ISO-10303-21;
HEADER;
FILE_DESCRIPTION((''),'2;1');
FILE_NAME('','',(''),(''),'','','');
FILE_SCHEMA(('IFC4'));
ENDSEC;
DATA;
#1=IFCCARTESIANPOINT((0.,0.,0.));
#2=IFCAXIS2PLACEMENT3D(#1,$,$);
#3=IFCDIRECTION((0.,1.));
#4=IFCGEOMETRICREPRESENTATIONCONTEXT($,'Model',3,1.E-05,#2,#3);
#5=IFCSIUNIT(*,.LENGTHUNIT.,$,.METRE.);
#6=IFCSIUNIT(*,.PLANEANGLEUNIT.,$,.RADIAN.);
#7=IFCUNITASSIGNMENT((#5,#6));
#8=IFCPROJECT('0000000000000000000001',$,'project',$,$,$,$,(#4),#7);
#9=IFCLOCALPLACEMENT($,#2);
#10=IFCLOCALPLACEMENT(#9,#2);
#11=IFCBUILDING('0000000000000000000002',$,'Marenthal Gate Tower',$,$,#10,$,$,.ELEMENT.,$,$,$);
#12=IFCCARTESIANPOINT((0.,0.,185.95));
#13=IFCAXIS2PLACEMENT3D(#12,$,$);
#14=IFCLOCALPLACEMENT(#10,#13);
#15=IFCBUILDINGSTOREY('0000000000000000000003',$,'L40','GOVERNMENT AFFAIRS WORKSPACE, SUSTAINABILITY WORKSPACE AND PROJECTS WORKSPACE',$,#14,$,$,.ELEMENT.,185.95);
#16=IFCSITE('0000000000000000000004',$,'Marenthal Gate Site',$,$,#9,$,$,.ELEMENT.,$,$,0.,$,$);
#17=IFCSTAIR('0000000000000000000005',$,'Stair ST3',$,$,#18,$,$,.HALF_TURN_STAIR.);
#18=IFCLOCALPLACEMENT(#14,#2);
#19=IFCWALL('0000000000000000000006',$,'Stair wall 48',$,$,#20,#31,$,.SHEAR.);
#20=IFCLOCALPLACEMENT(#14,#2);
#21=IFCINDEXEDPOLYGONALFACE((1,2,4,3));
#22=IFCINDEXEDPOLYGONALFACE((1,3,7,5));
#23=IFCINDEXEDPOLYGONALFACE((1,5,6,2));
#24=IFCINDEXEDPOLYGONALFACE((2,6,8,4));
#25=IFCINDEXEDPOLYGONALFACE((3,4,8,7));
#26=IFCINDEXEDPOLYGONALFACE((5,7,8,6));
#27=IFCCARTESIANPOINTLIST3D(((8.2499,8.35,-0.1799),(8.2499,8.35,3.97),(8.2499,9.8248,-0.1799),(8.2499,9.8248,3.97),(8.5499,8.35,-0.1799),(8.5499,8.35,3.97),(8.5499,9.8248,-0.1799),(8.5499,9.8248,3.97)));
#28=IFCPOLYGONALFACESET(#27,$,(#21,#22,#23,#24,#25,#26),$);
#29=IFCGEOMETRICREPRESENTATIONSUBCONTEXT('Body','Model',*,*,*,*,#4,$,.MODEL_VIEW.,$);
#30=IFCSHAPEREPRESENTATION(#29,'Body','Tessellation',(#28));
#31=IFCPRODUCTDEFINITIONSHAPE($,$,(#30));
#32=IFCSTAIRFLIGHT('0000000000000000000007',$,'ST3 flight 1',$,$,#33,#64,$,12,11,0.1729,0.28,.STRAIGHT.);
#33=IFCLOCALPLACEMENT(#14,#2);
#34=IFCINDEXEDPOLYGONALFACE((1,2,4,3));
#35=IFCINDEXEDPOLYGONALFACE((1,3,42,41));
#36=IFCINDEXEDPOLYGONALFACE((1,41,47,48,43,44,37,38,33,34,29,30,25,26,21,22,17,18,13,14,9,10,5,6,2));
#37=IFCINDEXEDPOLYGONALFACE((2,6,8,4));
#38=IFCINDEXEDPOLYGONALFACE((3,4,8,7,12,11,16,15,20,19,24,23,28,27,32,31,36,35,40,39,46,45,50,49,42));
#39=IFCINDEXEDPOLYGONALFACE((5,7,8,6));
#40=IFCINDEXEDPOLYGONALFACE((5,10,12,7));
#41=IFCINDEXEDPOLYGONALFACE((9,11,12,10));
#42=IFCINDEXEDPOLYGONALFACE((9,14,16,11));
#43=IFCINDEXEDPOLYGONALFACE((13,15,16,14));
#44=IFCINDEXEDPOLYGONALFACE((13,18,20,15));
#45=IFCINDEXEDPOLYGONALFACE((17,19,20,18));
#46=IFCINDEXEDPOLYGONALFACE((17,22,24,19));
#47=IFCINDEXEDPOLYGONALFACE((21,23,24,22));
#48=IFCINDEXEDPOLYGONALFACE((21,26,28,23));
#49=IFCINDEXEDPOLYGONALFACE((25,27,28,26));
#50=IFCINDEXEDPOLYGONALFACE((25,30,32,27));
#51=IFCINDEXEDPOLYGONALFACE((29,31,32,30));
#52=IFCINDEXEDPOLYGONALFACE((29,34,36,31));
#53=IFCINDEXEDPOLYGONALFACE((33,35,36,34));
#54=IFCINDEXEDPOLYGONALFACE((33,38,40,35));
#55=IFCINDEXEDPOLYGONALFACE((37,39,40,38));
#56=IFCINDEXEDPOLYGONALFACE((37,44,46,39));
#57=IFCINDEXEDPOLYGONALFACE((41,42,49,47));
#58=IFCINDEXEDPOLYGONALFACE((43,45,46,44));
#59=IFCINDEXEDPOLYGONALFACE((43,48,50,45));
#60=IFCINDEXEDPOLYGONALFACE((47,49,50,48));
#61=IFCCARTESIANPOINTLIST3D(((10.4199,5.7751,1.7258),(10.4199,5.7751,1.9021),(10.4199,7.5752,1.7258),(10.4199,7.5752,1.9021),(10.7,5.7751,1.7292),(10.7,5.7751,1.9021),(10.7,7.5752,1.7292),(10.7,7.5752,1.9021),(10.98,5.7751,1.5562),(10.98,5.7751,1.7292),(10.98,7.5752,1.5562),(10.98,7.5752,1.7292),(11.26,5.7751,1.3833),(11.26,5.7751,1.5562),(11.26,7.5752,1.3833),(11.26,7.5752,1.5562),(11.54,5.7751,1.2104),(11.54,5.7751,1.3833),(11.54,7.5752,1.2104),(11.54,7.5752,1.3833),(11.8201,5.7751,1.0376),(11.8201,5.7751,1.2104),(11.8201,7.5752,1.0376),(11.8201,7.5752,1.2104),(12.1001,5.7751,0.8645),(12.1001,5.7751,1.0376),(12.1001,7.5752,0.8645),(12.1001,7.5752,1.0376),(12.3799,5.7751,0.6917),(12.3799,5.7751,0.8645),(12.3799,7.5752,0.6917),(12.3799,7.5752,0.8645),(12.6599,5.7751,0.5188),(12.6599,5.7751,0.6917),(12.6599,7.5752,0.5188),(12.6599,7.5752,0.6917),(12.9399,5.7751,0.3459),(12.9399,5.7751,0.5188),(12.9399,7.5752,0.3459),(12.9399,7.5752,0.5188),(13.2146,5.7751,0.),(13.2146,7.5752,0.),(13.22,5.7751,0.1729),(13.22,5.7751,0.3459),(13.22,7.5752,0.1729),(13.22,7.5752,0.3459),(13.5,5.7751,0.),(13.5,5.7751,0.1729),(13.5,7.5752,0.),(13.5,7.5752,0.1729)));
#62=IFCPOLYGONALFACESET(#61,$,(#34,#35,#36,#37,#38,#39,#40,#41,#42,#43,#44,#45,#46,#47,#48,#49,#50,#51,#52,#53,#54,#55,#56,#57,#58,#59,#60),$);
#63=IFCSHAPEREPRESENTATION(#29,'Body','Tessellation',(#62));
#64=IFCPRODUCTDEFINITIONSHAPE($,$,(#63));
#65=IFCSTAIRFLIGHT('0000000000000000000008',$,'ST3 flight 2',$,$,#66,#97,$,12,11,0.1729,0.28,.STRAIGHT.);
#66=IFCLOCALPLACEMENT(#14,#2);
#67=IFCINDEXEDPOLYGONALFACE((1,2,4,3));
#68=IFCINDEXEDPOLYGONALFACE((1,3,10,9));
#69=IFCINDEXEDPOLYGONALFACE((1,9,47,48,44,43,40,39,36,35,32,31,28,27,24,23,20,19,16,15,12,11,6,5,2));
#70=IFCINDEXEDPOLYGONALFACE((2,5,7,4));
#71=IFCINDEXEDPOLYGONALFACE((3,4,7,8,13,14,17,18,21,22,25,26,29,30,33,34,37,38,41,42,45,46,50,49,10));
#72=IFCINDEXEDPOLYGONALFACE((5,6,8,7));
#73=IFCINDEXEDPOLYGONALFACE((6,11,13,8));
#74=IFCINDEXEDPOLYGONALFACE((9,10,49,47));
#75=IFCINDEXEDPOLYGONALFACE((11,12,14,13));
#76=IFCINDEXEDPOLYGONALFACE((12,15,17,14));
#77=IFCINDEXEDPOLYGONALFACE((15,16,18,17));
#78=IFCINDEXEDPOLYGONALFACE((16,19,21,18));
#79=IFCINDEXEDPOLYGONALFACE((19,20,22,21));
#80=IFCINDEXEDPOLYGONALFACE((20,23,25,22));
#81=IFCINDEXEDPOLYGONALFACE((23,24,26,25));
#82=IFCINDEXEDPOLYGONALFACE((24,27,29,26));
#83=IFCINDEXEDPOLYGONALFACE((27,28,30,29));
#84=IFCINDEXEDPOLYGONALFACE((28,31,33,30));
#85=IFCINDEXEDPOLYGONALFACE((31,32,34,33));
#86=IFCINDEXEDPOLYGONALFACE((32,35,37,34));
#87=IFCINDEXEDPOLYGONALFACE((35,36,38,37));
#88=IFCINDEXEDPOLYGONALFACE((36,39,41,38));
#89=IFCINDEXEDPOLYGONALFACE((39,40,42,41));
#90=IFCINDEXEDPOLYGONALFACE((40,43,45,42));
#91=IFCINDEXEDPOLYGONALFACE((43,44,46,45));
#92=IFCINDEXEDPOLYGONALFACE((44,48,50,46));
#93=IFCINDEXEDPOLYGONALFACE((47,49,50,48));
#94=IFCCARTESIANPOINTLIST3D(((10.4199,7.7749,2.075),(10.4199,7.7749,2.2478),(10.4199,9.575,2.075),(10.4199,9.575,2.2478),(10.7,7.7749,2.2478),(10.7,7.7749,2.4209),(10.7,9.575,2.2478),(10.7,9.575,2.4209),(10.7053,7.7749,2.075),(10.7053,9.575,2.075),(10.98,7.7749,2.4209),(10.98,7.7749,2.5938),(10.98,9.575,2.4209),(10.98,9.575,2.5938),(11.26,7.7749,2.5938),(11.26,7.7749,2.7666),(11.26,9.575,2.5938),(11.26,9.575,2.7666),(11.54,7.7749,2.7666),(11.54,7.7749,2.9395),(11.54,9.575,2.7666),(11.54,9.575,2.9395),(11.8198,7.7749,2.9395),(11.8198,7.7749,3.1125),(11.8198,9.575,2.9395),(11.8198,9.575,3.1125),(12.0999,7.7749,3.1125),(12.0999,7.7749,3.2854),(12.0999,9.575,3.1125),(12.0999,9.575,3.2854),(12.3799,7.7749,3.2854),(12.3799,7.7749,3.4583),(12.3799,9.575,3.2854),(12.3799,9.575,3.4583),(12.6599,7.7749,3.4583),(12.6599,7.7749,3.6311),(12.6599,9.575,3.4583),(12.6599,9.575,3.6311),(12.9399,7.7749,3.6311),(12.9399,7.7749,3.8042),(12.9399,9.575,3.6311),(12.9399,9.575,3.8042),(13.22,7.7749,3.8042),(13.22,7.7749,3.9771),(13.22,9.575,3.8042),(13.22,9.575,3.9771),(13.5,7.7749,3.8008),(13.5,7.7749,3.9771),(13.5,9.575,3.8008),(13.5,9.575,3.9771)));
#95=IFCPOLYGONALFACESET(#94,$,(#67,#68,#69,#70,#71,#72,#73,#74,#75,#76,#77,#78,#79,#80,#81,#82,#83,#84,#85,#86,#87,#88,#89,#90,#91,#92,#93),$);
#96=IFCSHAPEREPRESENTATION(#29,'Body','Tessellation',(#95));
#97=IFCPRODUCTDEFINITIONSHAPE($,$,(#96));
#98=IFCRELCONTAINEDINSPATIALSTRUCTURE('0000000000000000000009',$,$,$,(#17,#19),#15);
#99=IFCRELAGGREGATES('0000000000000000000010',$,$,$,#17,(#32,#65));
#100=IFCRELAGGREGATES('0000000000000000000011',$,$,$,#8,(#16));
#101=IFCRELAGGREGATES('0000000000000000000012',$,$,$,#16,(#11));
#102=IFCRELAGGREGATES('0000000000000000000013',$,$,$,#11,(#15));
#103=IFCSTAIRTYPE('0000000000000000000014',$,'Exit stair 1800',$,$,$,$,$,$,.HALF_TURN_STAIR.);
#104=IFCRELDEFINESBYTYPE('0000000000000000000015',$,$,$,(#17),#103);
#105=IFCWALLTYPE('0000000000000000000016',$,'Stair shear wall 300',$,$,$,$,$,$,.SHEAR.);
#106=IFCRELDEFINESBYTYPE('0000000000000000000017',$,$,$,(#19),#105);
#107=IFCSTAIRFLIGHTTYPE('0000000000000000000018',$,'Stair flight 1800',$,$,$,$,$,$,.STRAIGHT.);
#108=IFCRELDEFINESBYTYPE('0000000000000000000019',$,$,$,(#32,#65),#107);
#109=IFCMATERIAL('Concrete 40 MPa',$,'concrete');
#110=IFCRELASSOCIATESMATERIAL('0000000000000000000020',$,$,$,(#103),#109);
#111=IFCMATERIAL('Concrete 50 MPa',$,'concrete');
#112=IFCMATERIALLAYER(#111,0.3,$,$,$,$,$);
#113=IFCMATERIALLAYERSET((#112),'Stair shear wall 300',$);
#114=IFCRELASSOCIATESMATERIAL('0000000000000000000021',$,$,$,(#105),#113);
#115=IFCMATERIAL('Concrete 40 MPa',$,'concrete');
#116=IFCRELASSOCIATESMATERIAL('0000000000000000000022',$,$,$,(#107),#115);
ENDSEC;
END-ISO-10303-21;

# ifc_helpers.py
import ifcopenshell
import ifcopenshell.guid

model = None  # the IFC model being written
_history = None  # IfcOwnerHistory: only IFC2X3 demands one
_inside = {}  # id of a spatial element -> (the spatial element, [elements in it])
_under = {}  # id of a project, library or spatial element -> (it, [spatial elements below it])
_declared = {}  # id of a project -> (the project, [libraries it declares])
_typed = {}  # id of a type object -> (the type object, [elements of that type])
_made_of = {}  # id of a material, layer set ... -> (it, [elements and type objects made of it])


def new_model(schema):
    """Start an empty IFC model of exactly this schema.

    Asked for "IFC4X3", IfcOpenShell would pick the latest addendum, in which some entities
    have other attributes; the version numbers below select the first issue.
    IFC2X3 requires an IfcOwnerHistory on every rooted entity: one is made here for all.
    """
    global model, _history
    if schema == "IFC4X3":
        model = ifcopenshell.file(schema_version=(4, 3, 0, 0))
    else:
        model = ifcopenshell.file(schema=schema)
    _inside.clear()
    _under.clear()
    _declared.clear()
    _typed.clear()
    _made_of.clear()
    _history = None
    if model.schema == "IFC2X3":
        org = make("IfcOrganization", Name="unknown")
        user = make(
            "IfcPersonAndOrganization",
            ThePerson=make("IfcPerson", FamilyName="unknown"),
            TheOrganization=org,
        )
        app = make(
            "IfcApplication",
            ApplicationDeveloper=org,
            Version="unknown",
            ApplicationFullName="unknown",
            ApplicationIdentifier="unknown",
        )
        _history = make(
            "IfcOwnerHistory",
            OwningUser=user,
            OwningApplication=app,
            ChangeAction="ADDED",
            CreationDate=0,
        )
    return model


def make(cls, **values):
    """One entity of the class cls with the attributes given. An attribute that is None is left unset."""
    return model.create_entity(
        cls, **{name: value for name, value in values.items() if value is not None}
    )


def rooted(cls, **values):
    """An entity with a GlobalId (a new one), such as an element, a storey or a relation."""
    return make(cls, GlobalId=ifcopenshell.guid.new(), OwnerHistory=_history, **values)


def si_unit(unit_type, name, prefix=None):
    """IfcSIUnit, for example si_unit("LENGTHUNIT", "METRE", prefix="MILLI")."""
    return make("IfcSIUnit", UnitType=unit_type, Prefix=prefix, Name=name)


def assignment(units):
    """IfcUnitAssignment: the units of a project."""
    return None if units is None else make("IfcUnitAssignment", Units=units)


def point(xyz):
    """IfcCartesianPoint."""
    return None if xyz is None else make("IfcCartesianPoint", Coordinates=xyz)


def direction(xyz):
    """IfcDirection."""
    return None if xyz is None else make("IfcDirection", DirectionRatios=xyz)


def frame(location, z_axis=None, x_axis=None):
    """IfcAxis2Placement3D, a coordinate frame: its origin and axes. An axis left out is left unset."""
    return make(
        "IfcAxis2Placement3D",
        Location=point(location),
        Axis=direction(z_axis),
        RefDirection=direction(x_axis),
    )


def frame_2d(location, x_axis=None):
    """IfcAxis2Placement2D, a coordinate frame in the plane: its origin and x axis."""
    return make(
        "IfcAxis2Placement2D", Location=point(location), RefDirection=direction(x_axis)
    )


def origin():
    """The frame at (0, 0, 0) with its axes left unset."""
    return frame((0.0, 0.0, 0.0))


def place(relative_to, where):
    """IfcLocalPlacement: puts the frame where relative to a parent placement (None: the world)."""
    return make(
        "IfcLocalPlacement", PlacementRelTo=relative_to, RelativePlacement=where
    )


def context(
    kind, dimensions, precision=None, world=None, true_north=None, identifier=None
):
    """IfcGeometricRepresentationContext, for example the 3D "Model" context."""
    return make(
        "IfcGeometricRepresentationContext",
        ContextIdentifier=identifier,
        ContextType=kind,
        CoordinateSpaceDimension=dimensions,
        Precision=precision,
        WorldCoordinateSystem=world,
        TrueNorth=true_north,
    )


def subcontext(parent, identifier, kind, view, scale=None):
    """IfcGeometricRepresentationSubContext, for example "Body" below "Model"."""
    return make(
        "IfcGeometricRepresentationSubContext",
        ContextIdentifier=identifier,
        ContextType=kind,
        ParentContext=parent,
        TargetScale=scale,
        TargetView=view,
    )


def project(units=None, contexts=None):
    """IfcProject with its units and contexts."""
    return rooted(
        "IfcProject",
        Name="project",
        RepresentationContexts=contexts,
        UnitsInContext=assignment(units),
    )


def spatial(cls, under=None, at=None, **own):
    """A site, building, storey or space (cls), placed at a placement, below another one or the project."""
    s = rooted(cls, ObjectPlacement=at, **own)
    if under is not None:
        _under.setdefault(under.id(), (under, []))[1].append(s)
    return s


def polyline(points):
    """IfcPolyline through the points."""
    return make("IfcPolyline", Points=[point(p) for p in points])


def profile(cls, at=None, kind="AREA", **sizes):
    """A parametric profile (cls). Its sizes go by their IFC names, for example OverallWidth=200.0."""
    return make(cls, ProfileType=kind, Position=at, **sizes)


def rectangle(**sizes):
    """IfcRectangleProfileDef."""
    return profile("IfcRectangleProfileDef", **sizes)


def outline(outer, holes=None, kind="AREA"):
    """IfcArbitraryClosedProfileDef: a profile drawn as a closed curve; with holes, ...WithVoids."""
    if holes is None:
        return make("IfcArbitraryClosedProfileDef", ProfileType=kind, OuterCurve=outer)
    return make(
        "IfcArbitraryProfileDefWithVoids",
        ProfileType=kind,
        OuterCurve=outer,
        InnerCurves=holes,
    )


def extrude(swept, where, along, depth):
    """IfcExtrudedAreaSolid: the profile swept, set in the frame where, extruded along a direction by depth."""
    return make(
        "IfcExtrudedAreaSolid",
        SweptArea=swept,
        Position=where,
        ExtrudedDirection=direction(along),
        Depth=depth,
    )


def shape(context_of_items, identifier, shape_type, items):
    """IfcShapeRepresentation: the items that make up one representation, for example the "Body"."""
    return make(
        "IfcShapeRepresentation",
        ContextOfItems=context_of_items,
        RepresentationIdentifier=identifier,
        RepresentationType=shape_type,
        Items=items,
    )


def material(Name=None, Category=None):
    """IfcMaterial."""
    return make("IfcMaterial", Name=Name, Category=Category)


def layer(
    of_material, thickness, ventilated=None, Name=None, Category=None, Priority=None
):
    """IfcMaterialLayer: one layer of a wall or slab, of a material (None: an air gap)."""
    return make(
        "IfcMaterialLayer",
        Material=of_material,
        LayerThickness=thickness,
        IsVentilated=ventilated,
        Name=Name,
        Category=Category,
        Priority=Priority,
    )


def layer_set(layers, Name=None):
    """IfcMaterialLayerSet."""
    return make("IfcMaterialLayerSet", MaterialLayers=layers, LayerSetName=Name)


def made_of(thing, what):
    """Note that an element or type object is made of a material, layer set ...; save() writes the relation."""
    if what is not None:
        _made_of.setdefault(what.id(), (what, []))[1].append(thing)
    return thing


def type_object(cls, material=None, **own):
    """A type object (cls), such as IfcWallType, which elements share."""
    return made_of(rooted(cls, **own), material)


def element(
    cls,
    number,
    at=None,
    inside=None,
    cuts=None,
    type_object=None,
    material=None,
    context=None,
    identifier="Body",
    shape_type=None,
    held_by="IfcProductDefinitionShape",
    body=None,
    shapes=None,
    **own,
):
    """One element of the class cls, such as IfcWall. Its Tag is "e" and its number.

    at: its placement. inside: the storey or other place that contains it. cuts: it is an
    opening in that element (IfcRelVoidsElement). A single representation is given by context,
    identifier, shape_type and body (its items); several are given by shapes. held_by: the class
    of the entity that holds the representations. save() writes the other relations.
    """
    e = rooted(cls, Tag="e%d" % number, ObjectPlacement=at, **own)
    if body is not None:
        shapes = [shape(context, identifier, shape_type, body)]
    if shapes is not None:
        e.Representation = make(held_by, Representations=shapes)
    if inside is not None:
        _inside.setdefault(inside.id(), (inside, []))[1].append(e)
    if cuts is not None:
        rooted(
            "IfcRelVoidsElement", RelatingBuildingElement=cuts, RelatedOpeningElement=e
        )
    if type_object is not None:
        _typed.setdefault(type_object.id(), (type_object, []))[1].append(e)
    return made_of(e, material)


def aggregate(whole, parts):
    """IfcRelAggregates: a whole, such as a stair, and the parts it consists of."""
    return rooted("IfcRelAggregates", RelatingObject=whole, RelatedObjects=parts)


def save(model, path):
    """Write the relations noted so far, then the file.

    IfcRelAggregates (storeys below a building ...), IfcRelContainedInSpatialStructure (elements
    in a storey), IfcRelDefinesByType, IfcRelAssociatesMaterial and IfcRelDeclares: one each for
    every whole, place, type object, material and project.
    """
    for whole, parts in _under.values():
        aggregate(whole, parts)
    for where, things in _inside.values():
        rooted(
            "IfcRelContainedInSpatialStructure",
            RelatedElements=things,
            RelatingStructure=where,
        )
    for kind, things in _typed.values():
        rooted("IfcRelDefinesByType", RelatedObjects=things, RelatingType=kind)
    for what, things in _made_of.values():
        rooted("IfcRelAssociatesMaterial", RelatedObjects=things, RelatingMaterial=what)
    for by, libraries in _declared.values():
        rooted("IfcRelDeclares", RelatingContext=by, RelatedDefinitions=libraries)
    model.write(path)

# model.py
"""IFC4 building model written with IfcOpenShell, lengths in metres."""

from ifc_helpers import new_model, si_unit, direction, frame, frame_2d, origin, place, context, subcontext, project, spatial, polyline, rectangle, outline, extrude, material, layer, layer_set, type_object, element, aggregate, save


model = new_model("IFC4")

# Units and contexts
model_context = context("Model", 3, precision=1e-05, world=origin(), true_north=direction((0.0, 1.0)))
body_context = subcontext(model_context, "Body", "Model", "MODEL_VIEW")
ifc_project = project(units=[si_unit("LENGTHUNIT", "METRE"), si_unit("PLANEANGLEUNIT", "RADIAN")], contexts=[model_context])

# Site, building, storey
site_placement = place(None, origin())
site = spatial("IfcSite", under=ifc_project, at=site_placement, Name="Marenthal Gate Site", CompositionType="ELEMENT", RefElevation=0.0)
building_placement = place(site_placement, origin())
building = spatial("IfcBuilding", under=site, at=building_placement, Name="Marenthal Gate Tower", CompositionType="ELEMENT")
storey_placement = place(building_placement, frame((0.0, 0.0, 185.95)))
storey = spatial("IfcBuildingStorey", under=building, at=storey_placement, Name="L40", Description="GOVERNMENT AFFAIRS WORKSPACE, SUSTAINABILITY WORKSPACE AND PROJECTS WORKSPACE", CompositionType="ELEMENT", Elevation=185.95)

# Stair
ifc_material_1 = material(Name="Concrete 40 MPa", Category="concrete")
stair_type = type_object("IfcStairType", Name="Exit stair 1800", PredefinedType="HALF_TURN_STAIR", material=ifc_material_1)
stair_1_placement = place(storey_placement, origin())
stair_1 = element("IfcStair", 1, at=stair_1_placement, inside=storey, type_object=stair_type, Name="Stair ST3", PredefinedType="HALF_TURN_STAIR")

# Wall
ifc_material_2 = material(Name="Concrete 50 MPa", Category="concrete")
ifc_layer_1 = layer(ifc_material_2, 0.3)
ifc_layer_set_1 = layer_set([ifc_layer_1], Name="Stair shear wall 300")
wall_type_1 = type_object("IfcWallType", Name="Stair shear wall 300", PredefinedType="SHEAR", material=ifc_layer_set_1)
wall_1_placement = place(storey_placement, frame((8.3999, 8.3501, -0.1799), z_axis=(0.0, 0.0, 1.0), x_axis=(0.0, 1.0, 0.0)))
element("IfcWall", 2, at=wall_1_placement, inside=storey, type_object=wall_type_1, Name="Stair wall 48", PredefinedType="SHEAR", context=body_context, shape_type="SweptSolid", body=[
    extrude(rectangle(XDim=1.4749, YDim=0.3, at=frame_2d((0.7373, 0.0))), origin(), (0.0, 0.0, 1.0), 4.1499),
])

# Stair flights
ifc_material_3 = material(Name="Concrete 40 MPa", Category="concrete")
stair_flight_type = type_object("IfcStairFlightType", Name="Stair flight 1800", PredefinedType="STRAIGHT", material=ifc_material_3)
stair_flight_1_placement = place(storey_placement, frame((13.5, 6.675, 0.0), z_axis=(0.0, 0.0, 1.0), x_axis=(-1.0, 0.0, 0.0)))
stair_flight_1 = element("IfcStairFlight", 3, at=stair_flight_1_placement, type_object=stair_flight_type, Name="ST3 flight 1", NumberOfRisers=12, NumberOfTreads=11, PredefinedType="STRAIGHT", RiserHeight=0.1729, TreadLength=0.28, context=body_context, shape_type="SweptSolid", body=[
    extrude(outline(polyline([(0.0, 0.0), (0.0, 0.1729), (0.28, 0.1729), (0.28, 0.3459), (0.5601, 0.3459), (0.5601, 0.5188), (0.8401, 0.5188), (0.8401, 0.6917), (1.1201, 0.6917), (1.1201, 0.8645), (1.3999, 0.8645), (1.3999, 1.0376), (1.6799, 1.0376), (1.6799, 1.2104), (1.96, 1.2104), (1.96, 1.3833), (2.24, 1.3833), (2.24, 1.5562), (2.52, 1.5562), (2.52, 1.7292), (2.8, 1.7292), (2.8, 1.9021), (3.0801, 1.9021), (3.0801, 2.075), (3.0801, 1.7258), (0.2854, 0.0), (0.0, 0.0)])), frame((0.0, 0.8999, 0.0), z_axis=(0.0, -1.0, 0.0), x_axis=(1.0, 0.0, 0.0)), (0.0, 0.0, 1.0), 1.8),
])
stair_flight_2_placement = place(storey_placement, frame((10.4199, 8.675, 2.075), z_axis=(0.0, 0.0, 1.0), x_axis=(1.0, 0.0, 0.0)))
stair_flight_2 = element("IfcStairFlight", 4, at=stair_flight_2_placement, type_object=stair_flight_type, Name="ST3 flight 2", NumberOfRisers=12, NumberOfTreads=11, PredefinedType="STRAIGHT", RiserHeight=0.1729, TreadLength=0.28, context=body_context, shape_type="SweptSolid", body=[
    extrude(outline(polyline([(0.0, 0.0), (0.0, 0.1729), (0.28, 0.1729), (0.28, 0.3459), (0.5601, 0.3459), (0.5601, 0.5188), (0.8401, 0.5188), (0.8401, 0.6917), (1.1201, 0.6917), (1.1201, 0.8645), (1.3999, 0.8645), (1.3999, 1.0376), (1.6799, 1.0376), (1.6799, 1.2104), (1.96, 1.2104), (1.96, 1.3833), (2.24, 1.3833), (2.24, 1.5562), (2.52, 1.5562), (2.52, 1.7292), (2.8, 1.7292), (2.8, 1.9021), (3.0801, 1.9021), (3.0801, 2.075), (3.0801, 1.7258), (0.2854, 0.0), (0.0, 0.0)])), frame((0.0, 0.8999, 0.0), z_axis=(0.0, -1.0, 0.0), x_axis=(1.0, 0.0, 0.0)), (0.0, 0.0, 1.0), 1.8),
])
aggregate(stair_1, [stair_flight_1, stair_flight_2])

save(model, "model.ifc")
